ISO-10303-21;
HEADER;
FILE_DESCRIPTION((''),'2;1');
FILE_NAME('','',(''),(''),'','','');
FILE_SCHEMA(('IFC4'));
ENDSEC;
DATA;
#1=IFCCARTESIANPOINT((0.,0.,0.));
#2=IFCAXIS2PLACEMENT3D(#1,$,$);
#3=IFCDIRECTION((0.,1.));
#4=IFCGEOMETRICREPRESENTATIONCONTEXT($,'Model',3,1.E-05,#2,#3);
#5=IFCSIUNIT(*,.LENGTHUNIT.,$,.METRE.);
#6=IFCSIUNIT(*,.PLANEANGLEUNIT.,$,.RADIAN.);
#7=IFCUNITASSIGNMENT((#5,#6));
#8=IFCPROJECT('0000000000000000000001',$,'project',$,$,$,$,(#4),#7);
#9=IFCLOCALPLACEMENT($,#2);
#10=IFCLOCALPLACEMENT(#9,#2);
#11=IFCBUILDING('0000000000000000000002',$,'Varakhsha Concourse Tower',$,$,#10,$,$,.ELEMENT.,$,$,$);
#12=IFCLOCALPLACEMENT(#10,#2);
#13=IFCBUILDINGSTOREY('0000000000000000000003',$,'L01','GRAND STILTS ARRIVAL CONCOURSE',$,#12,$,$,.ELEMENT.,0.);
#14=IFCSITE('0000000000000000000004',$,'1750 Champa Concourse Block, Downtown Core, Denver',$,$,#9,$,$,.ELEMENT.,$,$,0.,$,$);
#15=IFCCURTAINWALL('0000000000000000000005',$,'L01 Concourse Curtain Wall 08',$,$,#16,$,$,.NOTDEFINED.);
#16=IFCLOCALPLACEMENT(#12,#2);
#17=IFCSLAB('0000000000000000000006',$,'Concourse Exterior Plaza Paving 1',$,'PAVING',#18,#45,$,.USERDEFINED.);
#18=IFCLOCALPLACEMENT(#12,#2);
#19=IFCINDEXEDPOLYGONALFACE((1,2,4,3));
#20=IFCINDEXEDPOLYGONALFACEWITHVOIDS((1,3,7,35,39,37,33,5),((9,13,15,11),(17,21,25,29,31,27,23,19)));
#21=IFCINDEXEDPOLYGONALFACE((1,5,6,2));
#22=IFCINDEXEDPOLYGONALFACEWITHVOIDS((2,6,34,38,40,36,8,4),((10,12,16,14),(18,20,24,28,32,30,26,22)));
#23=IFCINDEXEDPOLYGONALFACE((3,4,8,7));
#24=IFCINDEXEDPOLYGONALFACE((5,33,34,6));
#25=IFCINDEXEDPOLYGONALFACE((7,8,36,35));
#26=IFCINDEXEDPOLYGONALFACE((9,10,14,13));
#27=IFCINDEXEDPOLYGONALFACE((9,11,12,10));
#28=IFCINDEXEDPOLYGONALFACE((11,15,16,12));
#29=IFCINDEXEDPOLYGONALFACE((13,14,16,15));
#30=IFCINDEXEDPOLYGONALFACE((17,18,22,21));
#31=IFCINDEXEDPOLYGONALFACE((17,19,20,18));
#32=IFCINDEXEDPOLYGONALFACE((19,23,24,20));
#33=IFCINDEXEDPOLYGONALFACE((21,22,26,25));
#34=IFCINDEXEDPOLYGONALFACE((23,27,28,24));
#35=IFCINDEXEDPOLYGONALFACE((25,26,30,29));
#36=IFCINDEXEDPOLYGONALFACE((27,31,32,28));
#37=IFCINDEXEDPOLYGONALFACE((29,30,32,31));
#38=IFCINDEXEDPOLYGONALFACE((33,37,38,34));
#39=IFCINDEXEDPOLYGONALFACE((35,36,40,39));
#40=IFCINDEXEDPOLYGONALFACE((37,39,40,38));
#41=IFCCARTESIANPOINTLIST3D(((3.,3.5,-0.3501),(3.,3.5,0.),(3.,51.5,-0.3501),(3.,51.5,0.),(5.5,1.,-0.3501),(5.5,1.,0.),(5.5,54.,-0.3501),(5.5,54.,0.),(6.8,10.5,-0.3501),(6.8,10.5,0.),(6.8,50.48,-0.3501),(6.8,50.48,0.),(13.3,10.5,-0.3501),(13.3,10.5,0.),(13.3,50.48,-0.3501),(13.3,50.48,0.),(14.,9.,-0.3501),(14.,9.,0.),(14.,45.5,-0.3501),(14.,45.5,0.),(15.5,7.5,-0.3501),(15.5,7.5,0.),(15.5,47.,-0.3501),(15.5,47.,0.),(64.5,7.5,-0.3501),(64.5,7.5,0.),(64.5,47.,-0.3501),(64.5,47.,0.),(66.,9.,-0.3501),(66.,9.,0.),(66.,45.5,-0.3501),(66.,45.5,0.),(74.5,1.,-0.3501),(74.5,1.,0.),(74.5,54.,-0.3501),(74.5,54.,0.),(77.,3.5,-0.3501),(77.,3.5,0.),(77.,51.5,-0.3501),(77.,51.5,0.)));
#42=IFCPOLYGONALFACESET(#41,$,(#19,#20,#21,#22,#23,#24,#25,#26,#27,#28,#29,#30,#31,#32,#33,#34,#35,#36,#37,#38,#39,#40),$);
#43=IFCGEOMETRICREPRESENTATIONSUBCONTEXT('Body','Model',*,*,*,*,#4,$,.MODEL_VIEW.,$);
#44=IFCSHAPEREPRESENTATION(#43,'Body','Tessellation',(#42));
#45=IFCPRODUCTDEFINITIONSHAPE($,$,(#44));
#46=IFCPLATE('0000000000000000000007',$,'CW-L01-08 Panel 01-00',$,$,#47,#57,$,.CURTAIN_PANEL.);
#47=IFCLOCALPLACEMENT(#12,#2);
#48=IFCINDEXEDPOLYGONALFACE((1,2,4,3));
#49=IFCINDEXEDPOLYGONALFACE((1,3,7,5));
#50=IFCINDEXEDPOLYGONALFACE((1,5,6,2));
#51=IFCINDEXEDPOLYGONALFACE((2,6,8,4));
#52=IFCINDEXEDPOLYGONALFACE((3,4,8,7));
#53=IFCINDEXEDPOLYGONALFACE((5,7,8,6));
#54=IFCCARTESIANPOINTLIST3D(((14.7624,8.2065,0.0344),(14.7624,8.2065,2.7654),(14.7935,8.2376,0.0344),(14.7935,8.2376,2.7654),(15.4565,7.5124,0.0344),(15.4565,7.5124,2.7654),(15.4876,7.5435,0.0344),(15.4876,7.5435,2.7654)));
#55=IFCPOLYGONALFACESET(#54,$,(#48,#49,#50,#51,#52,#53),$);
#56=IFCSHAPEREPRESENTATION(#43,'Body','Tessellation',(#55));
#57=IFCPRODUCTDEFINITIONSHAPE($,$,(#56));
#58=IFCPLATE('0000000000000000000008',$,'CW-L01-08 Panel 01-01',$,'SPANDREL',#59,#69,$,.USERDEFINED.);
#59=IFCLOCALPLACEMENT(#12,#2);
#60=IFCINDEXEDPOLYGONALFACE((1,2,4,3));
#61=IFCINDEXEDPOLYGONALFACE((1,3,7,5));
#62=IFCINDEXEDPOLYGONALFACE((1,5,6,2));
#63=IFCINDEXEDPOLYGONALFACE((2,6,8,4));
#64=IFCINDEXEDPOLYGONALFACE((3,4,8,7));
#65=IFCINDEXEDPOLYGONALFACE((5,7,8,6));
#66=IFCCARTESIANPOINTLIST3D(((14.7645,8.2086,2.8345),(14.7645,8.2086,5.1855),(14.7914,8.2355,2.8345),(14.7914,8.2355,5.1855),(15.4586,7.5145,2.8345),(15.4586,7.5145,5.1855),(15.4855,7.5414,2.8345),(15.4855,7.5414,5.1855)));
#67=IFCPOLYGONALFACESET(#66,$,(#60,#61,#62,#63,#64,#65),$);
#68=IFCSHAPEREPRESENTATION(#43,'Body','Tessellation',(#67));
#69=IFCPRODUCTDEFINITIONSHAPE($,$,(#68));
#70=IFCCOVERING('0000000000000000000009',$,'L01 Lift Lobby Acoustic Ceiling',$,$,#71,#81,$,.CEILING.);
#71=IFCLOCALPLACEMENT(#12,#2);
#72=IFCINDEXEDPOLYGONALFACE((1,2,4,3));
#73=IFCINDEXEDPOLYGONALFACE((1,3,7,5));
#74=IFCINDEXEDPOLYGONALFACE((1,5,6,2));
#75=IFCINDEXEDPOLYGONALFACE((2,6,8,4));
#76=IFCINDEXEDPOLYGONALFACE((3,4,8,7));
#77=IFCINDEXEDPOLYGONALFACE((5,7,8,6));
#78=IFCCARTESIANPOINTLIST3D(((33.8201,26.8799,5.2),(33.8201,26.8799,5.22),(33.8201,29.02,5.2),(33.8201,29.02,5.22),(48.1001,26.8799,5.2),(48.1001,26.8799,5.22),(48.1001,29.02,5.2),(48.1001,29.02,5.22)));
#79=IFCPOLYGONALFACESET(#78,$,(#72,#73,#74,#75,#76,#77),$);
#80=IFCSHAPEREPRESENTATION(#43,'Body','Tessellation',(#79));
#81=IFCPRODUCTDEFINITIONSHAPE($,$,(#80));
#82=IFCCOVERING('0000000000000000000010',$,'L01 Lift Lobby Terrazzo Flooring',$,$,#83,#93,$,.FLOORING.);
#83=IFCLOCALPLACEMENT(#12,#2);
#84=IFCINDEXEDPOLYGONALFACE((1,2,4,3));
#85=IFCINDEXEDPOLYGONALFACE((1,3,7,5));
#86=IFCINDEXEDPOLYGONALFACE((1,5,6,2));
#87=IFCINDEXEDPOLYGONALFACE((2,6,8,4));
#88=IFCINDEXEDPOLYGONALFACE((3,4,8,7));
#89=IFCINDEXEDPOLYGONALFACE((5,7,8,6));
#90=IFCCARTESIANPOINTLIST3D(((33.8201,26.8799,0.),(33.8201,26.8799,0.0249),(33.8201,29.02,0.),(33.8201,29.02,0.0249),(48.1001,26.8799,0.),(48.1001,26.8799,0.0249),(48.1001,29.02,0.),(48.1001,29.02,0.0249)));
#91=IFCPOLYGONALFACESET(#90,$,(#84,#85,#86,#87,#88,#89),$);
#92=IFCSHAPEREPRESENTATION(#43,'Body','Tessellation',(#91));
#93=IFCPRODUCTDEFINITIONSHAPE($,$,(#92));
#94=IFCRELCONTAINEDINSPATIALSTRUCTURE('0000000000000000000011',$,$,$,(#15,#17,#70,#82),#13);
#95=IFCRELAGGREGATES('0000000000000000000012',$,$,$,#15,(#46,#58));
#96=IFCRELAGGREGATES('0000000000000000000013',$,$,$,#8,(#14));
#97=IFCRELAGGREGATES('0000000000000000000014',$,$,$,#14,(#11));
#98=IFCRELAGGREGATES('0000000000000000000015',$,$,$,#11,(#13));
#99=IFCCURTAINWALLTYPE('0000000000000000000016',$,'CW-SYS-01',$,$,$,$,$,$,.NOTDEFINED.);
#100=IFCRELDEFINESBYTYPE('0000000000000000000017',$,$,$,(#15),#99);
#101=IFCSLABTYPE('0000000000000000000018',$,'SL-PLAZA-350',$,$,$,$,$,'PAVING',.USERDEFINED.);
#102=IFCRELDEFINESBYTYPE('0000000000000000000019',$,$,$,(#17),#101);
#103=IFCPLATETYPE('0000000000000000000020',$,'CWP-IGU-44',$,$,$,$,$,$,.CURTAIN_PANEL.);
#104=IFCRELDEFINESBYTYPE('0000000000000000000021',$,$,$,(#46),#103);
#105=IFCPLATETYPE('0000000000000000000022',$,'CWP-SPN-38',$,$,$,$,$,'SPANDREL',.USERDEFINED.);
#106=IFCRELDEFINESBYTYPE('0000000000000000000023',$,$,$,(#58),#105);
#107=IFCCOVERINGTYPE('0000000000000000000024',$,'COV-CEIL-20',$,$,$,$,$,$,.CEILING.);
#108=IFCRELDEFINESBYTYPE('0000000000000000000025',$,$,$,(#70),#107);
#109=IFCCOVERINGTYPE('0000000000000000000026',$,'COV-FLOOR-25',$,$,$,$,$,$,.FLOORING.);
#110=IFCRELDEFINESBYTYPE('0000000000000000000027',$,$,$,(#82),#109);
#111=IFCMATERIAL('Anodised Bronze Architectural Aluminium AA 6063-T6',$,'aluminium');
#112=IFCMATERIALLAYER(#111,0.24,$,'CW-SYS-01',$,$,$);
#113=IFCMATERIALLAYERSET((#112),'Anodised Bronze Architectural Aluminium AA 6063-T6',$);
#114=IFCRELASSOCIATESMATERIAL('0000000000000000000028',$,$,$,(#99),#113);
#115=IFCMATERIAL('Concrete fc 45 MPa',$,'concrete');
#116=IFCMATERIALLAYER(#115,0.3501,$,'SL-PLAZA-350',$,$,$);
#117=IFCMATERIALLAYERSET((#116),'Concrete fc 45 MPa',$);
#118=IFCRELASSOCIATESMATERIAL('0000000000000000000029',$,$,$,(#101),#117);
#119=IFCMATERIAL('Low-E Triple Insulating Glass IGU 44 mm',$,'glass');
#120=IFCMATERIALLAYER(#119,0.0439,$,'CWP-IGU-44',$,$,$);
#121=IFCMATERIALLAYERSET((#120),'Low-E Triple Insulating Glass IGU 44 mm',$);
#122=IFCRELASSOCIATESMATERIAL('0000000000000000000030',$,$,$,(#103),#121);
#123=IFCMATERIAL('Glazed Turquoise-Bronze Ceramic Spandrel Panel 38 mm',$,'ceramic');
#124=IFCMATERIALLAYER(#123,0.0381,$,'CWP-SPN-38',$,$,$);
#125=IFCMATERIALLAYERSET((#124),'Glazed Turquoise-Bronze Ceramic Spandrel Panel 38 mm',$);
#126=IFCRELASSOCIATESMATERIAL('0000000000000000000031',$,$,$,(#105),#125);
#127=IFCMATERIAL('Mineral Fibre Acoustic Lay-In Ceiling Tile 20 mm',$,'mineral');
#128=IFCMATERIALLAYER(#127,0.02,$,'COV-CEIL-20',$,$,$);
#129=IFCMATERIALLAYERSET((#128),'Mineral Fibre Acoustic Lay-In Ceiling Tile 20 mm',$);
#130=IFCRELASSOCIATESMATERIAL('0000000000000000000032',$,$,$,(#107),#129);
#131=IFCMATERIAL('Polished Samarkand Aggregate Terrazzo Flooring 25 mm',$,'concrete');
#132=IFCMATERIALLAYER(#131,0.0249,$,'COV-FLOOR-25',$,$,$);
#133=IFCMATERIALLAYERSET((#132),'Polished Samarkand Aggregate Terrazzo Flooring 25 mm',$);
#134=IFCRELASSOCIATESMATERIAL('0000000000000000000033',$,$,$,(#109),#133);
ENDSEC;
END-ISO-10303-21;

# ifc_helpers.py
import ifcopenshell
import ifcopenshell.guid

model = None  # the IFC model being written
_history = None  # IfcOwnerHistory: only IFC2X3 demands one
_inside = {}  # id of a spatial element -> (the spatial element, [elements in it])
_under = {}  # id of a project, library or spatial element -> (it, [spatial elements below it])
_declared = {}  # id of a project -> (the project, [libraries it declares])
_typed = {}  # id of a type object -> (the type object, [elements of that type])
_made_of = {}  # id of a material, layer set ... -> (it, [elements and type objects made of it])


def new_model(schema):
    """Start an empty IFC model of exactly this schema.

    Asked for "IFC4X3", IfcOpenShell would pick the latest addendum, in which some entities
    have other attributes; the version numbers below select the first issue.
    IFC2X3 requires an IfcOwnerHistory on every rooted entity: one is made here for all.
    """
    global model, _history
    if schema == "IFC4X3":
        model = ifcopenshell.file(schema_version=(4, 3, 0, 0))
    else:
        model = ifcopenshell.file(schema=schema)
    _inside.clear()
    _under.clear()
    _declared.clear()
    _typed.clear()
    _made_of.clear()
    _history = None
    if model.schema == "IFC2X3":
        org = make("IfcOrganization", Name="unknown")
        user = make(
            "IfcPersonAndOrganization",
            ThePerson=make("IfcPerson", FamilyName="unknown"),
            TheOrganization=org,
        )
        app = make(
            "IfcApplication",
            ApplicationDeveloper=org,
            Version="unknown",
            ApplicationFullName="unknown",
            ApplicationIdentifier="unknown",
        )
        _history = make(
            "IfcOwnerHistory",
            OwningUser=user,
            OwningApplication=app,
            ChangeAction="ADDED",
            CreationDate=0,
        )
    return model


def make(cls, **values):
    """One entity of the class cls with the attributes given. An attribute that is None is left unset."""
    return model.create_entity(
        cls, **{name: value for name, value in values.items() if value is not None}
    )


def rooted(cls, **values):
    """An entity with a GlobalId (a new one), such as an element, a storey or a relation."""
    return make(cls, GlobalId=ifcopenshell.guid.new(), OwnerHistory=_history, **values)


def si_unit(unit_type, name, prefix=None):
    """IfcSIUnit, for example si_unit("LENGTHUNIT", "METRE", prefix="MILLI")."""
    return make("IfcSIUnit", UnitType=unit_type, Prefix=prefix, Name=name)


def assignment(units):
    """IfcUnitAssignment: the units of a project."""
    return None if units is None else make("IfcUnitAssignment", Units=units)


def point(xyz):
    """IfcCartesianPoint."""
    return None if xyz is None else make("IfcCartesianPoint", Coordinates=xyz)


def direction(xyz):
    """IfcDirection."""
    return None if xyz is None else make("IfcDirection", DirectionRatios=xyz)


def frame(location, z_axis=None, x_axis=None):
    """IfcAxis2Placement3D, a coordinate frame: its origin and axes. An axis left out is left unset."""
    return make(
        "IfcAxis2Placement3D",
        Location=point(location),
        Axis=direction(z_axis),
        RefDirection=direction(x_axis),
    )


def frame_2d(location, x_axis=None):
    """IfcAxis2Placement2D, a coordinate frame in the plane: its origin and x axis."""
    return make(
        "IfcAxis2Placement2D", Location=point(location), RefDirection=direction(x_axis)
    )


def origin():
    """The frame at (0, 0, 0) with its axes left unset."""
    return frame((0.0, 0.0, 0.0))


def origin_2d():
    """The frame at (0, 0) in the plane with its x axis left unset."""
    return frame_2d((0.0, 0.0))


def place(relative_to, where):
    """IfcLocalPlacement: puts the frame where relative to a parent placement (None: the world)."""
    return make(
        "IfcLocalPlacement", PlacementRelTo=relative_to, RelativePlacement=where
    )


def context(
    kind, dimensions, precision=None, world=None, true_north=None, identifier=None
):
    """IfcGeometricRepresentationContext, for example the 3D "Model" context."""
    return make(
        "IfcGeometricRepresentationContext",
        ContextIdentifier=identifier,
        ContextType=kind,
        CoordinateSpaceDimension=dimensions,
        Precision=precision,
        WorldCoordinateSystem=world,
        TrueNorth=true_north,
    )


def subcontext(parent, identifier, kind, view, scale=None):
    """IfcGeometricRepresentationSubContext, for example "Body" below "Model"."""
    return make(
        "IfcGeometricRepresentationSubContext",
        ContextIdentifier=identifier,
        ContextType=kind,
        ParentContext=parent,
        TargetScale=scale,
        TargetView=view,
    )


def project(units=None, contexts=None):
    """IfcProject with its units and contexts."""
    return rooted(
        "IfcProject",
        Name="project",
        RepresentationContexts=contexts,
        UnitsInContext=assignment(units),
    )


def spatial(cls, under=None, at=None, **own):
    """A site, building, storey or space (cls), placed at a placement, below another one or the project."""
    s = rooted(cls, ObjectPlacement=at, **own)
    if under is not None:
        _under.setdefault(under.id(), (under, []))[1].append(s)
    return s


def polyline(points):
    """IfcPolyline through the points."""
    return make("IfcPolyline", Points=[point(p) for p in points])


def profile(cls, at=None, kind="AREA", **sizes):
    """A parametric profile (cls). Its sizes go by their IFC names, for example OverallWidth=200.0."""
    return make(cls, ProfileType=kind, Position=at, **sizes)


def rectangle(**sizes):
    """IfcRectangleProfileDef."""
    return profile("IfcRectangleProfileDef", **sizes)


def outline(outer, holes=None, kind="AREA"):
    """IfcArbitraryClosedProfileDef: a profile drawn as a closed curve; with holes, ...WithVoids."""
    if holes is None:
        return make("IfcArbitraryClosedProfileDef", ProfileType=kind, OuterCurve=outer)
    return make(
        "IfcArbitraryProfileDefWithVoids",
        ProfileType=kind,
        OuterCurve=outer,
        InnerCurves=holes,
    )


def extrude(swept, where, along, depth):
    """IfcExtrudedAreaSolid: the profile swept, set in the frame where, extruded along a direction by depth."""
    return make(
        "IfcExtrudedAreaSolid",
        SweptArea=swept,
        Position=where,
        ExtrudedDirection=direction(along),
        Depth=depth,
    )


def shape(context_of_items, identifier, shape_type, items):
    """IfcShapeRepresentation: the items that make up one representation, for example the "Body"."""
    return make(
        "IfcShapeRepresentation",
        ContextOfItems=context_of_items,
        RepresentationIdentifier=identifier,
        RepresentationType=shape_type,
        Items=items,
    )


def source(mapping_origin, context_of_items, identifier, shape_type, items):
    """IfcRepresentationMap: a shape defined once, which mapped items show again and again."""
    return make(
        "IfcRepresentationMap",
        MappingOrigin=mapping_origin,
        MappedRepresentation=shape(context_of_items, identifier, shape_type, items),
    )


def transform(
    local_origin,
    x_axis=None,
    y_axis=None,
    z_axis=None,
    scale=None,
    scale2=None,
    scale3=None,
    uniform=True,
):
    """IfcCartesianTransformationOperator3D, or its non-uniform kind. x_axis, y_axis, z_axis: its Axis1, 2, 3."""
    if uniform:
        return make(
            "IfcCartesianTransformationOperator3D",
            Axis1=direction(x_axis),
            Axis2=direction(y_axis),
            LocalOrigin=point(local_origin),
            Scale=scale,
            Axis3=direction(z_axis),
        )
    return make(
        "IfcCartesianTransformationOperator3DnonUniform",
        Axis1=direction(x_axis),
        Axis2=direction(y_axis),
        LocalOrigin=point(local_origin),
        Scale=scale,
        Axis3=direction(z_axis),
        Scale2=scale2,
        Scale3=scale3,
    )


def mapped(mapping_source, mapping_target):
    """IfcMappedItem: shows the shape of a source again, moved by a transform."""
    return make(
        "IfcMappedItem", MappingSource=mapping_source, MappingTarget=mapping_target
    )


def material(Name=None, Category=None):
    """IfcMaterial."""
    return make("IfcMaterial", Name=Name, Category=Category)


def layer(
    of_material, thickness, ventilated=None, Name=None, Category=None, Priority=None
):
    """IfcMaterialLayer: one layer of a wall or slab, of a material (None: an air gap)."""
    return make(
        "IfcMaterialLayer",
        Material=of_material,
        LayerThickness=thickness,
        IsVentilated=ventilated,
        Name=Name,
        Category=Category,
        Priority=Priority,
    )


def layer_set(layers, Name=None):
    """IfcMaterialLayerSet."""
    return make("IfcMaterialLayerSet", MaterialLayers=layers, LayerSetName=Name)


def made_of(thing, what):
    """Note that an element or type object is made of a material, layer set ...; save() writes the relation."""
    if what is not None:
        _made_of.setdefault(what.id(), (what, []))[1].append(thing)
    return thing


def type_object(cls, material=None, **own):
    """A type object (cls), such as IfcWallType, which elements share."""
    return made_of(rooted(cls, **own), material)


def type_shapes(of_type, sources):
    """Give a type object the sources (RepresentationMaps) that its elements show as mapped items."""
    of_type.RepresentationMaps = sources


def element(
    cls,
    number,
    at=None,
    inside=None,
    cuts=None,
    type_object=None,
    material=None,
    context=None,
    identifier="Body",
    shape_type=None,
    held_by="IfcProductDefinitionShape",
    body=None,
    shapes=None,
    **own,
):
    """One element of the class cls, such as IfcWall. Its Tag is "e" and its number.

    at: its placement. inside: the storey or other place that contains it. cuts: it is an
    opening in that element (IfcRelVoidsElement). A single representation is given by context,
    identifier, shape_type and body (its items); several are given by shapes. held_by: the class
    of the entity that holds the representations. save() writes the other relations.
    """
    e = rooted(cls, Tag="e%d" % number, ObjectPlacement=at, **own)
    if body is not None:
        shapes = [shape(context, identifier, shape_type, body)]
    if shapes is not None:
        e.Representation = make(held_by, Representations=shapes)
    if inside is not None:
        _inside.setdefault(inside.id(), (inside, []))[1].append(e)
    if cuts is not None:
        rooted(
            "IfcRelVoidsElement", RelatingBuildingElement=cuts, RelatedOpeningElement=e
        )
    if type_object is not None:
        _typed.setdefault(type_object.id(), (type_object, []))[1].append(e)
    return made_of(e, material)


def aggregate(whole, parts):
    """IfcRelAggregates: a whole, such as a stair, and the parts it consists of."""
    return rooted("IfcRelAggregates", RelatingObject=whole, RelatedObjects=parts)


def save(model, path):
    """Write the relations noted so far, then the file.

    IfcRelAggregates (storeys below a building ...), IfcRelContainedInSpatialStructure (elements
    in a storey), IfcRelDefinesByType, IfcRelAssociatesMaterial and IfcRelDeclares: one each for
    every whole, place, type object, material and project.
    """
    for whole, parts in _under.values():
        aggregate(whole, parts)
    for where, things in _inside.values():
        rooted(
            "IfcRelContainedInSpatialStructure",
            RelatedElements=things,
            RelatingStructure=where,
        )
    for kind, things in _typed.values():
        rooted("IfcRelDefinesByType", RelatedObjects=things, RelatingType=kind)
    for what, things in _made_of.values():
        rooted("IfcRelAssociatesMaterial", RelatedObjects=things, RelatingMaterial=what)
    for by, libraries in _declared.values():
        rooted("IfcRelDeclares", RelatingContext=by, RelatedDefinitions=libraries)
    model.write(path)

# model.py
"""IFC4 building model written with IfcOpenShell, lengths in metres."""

from ifc_helpers import new_model, si_unit, direction, frame, origin, origin_2d, place, context, subcontext, project, spatial, polyline, rectangle, outline, extrude, source, transform, mapped, material, layer, layer_set, type_object, type_shapes, element, aggregate, save


model = new_model("IFC4")

# Units and contexts
model_context = context("Model", 3, precision=1e-05, world=origin(), true_north=direction((0.0, 1.0)))
body_context = subcontext(model_context, "Body", "Model", "MODEL_VIEW")
ifc_project = project(units=[si_unit("LENGTHUNIT", "METRE"), si_unit("PLANEANGLEUNIT", "RADIAN")], contexts=[model_context])

# Site, building, storey
site_placement = place(None, origin())
site = spatial("IfcSite", under=ifc_project, at=site_placement, Name="1750 Champa Concourse Block, Downtown Core, Denver", CompositionType="ELEMENT", RefElevation=0.0)
building_placement = place(site_placement, origin())
building = spatial("IfcBuilding", under=site, at=building_placement, Name="Varakhsha Concourse Tower", CompositionType="ELEMENT")
storey_placement = place(building_placement, origin())
storey = spatial("IfcBuildingStorey", under=building, at=storey_placement, Name="L01", Description="GRAND STILTS ARRIVAL CONCOURSE", CompositionType="ELEMENT", Elevation=0.0)

# Curtain wall
ifc_material_1 = material(Name="Anodised Bronze Architectural Aluminium AA 6063-T6", Category="aluminium")
ifc_layer_1 = layer(ifc_material_1, 0.24, Name="CW-SYS-01")
ifc_layer_set_1 = layer_set([ifc_layer_1], Name="Anodised Bronze Architectural Aluminium AA 6063-T6")
curtain_wall_type = type_object("IfcCurtainWallType", Name="CW-SYS-01", PredefinedType="NOTDEFINED", material=ifc_layer_set_1)
curtain_wall_placement = place(storey_placement, origin())
curtain_wall = element("IfcCurtainWall", 1, at=curtain_wall_placement, inside=storey, type_object=curtain_wall_type, Name="L01 Concourse Curtain Wall 08", PredefinedType="NOTDEFINED")

# Shared definitions
ifc_material_2 = material(Name="Concrete fc 45 MPa", Category="concrete")

# Slab
ifc_layer_2 = layer(ifc_material_2, 0.3501, Name="SL-PLAZA-350")
ifc_layer_set_2 = layer_set([ifc_layer_2], Name="Concrete fc 45 MPa")
slab_type_1 = type_object("IfcSlabType", Name="SL-PLAZA-350", ElementType="PAVING", PredefinedType="USERDEFINED", material=ifc_layer_set_2)
slab_1_placement = place(storey_placement, frame((0.0, 0.0, -0.3501)))
element("IfcSlab", 2, at=slab_1_placement, inside=storey, type_object=slab_type_1, Name="Concourse Exterior Plaza Paving 1", ObjectType="PAVING", PredefinedType="USERDEFINED", context=body_context, shape_type="SweptSolid", body=[
    extrude(outline(polyline([(3.0, 51.5), (5.5, 54.0), (74.5, 54.0), (77.0, 51.5), (77.0, 3.5), (74.5, 1.0), (5.5, 1.0), (3.0, 3.5), (3.0, 51.5)]), holes=[polyline([(66.0, 9.0), (66.0, 45.5), (64.5, 47.0), (15.5, 47.0), (14.0, 45.5), (14.0, 9.0), (15.5, 7.5), (64.5, 7.5), (66.0, 9.0)]), polyline([(13.3, 10.5), (13.3, 50.48), (6.8, 50.48), (6.8, 10.5), (13.3, 10.5)])]), origin(), (0.0, 0.0, 1.0), 0.3501),
])

# Plates
ifc_material_3 = material(Name="Low-E Triple Insulating Glass IGU 44 mm", Category="glass")
ifc_layer_3 = layer(ifc_material_3, 0.0439, Name="CWP-IGU-44")
ifc_layer_set_3 = layer_set([ifc_layer_3], Name="Low-E Triple Insulating Glass IGU 44 mm")
plate_type_1 = type_object("IfcPlateType", Name="CWP-IGU-44", PredefinedType="CURTAIN_PANEL", material=ifc_layer_set_3)
shared_shape_1 = source(origin(), body_context, "Body", "SweptSolid", [
    extrude(rectangle(XDim=0.9817, YDim=0.0439, at=origin_2d()), origin(), (0.0, 0.0, 1.0), 2.731),
])
type_shapes(plate_type_1, [shared_shape_1])
plate_1_placement = place(storey_placement, frame((15.125, 7.875, 0.0344), z_axis=(0.0, 0.0, 1.0), x_axis=(0.707107, -0.707107, 0.0)))
plate_1 = element("IfcPlate", 3, at=plate_1_placement, type_object=plate_type_1, Name="CW-L01-08 Panel 01-00", PredefinedType="CURTAIN_PANEL", context=body_context, shape_type="MappedRepresentation", body=[
    mapped(shared_shape_1, transform((0.0, 0.0, 0.0), scale=1.0)),
])
ifc_material_4 = material(Name="Glazed Turquoise-Bronze Ceramic Spandrel Panel 38 mm", Category="ceramic")
ifc_layer_4 = layer(ifc_material_4, 0.0381, Name="CWP-SPN-38")
ifc_layer_set_4 = layer_set([ifc_layer_4], Name="Glazed Turquoise-Bronze Ceramic Spandrel Panel 38 mm")
plate_type_2 = type_object("IfcPlateType", Name="CWP-SPN-38", ElementType="SPANDREL", PredefinedType="USERDEFINED", material=ifc_layer_set_4)
shared_shape_2 = source(origin(), body_context, "Body", "SweptSolid", [
    extrude(rectangle(XDim=0.9817, YDim=0.0381, at=origin_2d()), origin(), (0.0, 0.0, 1.0), 2.3511),
])
type_shapes(plate_type_2, [shared_shape_2])
plate_2_placement = place(storey_placement, frame((15.125, 7.875, 2.8345), z_axis=(0.0, 0.0, 1.0), x_axis=(0.707107, -0.707107, 0.0)))
plate_2 = element("IfcPlate", 4, at=plate_2_placement, type_object=plate_type_2, Name="CW-L01-08 Panel 01-01", ObjectType="SPANDREL", PredefinedType="USERDEFINED", context=body_context, shape_type="MappedRepresentation", body=[
    mapped(shared_shape_2, transform((0.0, 0.0, 0.0), scale=1.0)),
])
aggregate(curtain_wall, [plate_1, plate_2])

# Coverings
ifc_material_5 = material(Name="Mineral Fibre Acoustic Lay-In Ceiling Tile 20 mm", Category="mineral")
ifc_layer_5 = layer(ifc_material_5, 0.02, Name="COV-CEIL-20")
ifc_layer_set_5 = layer_set([ifc_layer_5], Name="Mineral Fibre Acoustic Lay-In Ceiling Tile 20 mm")
covering_type_1 = type_object("IfcCoveringType", Name="COV-CEIL-20", PredefinedType="CEILING", material=ifc_layer_set_5)
covering_1_placement = place(storey_placement, frame((0.0, 0.0, 5.2)))
element("IfcCovering", 5, at=covering_1_placement, inside=storey, type_object=covering_type_1, Name="L01 Lift Lobby Acoustic Ceiling", PredefinedType="CEILING", context=body_context, shape_type="SweptSolid", body=[
    extrude(outline(polyline([(33.8201, 26.8799), (48.1001, 26.8799), (48.1001, 29.02), (33.8201, 29.02), (33.8201, 26.8799)])), origin(), (0.0, 0.0, 1.0), 0.02),
])
ifc_material_6 = material(Name="Polished Samarkand Aggregate Terrazzo Flooring 25 mm", Category="concrete")
ifc_layer_6 = layer(ifc_material_6, 0.0249, Name="COV-FLOOR-25")
ifc_layer_set_6 = layer_set([ifc_layer_6], Name="Polished Samarkand Aggregate Terrazzo Flooring 25 mm")
covering_type_2 = type_object("IfcCoveringType", Name="COV-FLOOR-25", PredefinedType="FLOORING", material=ifc_layer_set_6)
covering_2_placement = place(storey_placement, origin())
element("IfcCovering", 6, at=covering_2_placement, inside=storey, type_object=covering_type_2, Name="L01 Lift Lobby Terrazzo Flooring", PredefinedType="FLOORING", context=body_context, shape_type="SweptSolid", body=[
    extrude(outline(polyline([(33.8201, 26.8799), (48.1001, 26.8799), (48.1001, 29.02), (33.8201, 29.02), (33.8201, 26.8799)])), origin(), (0.0, 0.0, 1.0), 0.0249),
])

save(model, "model.ifc")
